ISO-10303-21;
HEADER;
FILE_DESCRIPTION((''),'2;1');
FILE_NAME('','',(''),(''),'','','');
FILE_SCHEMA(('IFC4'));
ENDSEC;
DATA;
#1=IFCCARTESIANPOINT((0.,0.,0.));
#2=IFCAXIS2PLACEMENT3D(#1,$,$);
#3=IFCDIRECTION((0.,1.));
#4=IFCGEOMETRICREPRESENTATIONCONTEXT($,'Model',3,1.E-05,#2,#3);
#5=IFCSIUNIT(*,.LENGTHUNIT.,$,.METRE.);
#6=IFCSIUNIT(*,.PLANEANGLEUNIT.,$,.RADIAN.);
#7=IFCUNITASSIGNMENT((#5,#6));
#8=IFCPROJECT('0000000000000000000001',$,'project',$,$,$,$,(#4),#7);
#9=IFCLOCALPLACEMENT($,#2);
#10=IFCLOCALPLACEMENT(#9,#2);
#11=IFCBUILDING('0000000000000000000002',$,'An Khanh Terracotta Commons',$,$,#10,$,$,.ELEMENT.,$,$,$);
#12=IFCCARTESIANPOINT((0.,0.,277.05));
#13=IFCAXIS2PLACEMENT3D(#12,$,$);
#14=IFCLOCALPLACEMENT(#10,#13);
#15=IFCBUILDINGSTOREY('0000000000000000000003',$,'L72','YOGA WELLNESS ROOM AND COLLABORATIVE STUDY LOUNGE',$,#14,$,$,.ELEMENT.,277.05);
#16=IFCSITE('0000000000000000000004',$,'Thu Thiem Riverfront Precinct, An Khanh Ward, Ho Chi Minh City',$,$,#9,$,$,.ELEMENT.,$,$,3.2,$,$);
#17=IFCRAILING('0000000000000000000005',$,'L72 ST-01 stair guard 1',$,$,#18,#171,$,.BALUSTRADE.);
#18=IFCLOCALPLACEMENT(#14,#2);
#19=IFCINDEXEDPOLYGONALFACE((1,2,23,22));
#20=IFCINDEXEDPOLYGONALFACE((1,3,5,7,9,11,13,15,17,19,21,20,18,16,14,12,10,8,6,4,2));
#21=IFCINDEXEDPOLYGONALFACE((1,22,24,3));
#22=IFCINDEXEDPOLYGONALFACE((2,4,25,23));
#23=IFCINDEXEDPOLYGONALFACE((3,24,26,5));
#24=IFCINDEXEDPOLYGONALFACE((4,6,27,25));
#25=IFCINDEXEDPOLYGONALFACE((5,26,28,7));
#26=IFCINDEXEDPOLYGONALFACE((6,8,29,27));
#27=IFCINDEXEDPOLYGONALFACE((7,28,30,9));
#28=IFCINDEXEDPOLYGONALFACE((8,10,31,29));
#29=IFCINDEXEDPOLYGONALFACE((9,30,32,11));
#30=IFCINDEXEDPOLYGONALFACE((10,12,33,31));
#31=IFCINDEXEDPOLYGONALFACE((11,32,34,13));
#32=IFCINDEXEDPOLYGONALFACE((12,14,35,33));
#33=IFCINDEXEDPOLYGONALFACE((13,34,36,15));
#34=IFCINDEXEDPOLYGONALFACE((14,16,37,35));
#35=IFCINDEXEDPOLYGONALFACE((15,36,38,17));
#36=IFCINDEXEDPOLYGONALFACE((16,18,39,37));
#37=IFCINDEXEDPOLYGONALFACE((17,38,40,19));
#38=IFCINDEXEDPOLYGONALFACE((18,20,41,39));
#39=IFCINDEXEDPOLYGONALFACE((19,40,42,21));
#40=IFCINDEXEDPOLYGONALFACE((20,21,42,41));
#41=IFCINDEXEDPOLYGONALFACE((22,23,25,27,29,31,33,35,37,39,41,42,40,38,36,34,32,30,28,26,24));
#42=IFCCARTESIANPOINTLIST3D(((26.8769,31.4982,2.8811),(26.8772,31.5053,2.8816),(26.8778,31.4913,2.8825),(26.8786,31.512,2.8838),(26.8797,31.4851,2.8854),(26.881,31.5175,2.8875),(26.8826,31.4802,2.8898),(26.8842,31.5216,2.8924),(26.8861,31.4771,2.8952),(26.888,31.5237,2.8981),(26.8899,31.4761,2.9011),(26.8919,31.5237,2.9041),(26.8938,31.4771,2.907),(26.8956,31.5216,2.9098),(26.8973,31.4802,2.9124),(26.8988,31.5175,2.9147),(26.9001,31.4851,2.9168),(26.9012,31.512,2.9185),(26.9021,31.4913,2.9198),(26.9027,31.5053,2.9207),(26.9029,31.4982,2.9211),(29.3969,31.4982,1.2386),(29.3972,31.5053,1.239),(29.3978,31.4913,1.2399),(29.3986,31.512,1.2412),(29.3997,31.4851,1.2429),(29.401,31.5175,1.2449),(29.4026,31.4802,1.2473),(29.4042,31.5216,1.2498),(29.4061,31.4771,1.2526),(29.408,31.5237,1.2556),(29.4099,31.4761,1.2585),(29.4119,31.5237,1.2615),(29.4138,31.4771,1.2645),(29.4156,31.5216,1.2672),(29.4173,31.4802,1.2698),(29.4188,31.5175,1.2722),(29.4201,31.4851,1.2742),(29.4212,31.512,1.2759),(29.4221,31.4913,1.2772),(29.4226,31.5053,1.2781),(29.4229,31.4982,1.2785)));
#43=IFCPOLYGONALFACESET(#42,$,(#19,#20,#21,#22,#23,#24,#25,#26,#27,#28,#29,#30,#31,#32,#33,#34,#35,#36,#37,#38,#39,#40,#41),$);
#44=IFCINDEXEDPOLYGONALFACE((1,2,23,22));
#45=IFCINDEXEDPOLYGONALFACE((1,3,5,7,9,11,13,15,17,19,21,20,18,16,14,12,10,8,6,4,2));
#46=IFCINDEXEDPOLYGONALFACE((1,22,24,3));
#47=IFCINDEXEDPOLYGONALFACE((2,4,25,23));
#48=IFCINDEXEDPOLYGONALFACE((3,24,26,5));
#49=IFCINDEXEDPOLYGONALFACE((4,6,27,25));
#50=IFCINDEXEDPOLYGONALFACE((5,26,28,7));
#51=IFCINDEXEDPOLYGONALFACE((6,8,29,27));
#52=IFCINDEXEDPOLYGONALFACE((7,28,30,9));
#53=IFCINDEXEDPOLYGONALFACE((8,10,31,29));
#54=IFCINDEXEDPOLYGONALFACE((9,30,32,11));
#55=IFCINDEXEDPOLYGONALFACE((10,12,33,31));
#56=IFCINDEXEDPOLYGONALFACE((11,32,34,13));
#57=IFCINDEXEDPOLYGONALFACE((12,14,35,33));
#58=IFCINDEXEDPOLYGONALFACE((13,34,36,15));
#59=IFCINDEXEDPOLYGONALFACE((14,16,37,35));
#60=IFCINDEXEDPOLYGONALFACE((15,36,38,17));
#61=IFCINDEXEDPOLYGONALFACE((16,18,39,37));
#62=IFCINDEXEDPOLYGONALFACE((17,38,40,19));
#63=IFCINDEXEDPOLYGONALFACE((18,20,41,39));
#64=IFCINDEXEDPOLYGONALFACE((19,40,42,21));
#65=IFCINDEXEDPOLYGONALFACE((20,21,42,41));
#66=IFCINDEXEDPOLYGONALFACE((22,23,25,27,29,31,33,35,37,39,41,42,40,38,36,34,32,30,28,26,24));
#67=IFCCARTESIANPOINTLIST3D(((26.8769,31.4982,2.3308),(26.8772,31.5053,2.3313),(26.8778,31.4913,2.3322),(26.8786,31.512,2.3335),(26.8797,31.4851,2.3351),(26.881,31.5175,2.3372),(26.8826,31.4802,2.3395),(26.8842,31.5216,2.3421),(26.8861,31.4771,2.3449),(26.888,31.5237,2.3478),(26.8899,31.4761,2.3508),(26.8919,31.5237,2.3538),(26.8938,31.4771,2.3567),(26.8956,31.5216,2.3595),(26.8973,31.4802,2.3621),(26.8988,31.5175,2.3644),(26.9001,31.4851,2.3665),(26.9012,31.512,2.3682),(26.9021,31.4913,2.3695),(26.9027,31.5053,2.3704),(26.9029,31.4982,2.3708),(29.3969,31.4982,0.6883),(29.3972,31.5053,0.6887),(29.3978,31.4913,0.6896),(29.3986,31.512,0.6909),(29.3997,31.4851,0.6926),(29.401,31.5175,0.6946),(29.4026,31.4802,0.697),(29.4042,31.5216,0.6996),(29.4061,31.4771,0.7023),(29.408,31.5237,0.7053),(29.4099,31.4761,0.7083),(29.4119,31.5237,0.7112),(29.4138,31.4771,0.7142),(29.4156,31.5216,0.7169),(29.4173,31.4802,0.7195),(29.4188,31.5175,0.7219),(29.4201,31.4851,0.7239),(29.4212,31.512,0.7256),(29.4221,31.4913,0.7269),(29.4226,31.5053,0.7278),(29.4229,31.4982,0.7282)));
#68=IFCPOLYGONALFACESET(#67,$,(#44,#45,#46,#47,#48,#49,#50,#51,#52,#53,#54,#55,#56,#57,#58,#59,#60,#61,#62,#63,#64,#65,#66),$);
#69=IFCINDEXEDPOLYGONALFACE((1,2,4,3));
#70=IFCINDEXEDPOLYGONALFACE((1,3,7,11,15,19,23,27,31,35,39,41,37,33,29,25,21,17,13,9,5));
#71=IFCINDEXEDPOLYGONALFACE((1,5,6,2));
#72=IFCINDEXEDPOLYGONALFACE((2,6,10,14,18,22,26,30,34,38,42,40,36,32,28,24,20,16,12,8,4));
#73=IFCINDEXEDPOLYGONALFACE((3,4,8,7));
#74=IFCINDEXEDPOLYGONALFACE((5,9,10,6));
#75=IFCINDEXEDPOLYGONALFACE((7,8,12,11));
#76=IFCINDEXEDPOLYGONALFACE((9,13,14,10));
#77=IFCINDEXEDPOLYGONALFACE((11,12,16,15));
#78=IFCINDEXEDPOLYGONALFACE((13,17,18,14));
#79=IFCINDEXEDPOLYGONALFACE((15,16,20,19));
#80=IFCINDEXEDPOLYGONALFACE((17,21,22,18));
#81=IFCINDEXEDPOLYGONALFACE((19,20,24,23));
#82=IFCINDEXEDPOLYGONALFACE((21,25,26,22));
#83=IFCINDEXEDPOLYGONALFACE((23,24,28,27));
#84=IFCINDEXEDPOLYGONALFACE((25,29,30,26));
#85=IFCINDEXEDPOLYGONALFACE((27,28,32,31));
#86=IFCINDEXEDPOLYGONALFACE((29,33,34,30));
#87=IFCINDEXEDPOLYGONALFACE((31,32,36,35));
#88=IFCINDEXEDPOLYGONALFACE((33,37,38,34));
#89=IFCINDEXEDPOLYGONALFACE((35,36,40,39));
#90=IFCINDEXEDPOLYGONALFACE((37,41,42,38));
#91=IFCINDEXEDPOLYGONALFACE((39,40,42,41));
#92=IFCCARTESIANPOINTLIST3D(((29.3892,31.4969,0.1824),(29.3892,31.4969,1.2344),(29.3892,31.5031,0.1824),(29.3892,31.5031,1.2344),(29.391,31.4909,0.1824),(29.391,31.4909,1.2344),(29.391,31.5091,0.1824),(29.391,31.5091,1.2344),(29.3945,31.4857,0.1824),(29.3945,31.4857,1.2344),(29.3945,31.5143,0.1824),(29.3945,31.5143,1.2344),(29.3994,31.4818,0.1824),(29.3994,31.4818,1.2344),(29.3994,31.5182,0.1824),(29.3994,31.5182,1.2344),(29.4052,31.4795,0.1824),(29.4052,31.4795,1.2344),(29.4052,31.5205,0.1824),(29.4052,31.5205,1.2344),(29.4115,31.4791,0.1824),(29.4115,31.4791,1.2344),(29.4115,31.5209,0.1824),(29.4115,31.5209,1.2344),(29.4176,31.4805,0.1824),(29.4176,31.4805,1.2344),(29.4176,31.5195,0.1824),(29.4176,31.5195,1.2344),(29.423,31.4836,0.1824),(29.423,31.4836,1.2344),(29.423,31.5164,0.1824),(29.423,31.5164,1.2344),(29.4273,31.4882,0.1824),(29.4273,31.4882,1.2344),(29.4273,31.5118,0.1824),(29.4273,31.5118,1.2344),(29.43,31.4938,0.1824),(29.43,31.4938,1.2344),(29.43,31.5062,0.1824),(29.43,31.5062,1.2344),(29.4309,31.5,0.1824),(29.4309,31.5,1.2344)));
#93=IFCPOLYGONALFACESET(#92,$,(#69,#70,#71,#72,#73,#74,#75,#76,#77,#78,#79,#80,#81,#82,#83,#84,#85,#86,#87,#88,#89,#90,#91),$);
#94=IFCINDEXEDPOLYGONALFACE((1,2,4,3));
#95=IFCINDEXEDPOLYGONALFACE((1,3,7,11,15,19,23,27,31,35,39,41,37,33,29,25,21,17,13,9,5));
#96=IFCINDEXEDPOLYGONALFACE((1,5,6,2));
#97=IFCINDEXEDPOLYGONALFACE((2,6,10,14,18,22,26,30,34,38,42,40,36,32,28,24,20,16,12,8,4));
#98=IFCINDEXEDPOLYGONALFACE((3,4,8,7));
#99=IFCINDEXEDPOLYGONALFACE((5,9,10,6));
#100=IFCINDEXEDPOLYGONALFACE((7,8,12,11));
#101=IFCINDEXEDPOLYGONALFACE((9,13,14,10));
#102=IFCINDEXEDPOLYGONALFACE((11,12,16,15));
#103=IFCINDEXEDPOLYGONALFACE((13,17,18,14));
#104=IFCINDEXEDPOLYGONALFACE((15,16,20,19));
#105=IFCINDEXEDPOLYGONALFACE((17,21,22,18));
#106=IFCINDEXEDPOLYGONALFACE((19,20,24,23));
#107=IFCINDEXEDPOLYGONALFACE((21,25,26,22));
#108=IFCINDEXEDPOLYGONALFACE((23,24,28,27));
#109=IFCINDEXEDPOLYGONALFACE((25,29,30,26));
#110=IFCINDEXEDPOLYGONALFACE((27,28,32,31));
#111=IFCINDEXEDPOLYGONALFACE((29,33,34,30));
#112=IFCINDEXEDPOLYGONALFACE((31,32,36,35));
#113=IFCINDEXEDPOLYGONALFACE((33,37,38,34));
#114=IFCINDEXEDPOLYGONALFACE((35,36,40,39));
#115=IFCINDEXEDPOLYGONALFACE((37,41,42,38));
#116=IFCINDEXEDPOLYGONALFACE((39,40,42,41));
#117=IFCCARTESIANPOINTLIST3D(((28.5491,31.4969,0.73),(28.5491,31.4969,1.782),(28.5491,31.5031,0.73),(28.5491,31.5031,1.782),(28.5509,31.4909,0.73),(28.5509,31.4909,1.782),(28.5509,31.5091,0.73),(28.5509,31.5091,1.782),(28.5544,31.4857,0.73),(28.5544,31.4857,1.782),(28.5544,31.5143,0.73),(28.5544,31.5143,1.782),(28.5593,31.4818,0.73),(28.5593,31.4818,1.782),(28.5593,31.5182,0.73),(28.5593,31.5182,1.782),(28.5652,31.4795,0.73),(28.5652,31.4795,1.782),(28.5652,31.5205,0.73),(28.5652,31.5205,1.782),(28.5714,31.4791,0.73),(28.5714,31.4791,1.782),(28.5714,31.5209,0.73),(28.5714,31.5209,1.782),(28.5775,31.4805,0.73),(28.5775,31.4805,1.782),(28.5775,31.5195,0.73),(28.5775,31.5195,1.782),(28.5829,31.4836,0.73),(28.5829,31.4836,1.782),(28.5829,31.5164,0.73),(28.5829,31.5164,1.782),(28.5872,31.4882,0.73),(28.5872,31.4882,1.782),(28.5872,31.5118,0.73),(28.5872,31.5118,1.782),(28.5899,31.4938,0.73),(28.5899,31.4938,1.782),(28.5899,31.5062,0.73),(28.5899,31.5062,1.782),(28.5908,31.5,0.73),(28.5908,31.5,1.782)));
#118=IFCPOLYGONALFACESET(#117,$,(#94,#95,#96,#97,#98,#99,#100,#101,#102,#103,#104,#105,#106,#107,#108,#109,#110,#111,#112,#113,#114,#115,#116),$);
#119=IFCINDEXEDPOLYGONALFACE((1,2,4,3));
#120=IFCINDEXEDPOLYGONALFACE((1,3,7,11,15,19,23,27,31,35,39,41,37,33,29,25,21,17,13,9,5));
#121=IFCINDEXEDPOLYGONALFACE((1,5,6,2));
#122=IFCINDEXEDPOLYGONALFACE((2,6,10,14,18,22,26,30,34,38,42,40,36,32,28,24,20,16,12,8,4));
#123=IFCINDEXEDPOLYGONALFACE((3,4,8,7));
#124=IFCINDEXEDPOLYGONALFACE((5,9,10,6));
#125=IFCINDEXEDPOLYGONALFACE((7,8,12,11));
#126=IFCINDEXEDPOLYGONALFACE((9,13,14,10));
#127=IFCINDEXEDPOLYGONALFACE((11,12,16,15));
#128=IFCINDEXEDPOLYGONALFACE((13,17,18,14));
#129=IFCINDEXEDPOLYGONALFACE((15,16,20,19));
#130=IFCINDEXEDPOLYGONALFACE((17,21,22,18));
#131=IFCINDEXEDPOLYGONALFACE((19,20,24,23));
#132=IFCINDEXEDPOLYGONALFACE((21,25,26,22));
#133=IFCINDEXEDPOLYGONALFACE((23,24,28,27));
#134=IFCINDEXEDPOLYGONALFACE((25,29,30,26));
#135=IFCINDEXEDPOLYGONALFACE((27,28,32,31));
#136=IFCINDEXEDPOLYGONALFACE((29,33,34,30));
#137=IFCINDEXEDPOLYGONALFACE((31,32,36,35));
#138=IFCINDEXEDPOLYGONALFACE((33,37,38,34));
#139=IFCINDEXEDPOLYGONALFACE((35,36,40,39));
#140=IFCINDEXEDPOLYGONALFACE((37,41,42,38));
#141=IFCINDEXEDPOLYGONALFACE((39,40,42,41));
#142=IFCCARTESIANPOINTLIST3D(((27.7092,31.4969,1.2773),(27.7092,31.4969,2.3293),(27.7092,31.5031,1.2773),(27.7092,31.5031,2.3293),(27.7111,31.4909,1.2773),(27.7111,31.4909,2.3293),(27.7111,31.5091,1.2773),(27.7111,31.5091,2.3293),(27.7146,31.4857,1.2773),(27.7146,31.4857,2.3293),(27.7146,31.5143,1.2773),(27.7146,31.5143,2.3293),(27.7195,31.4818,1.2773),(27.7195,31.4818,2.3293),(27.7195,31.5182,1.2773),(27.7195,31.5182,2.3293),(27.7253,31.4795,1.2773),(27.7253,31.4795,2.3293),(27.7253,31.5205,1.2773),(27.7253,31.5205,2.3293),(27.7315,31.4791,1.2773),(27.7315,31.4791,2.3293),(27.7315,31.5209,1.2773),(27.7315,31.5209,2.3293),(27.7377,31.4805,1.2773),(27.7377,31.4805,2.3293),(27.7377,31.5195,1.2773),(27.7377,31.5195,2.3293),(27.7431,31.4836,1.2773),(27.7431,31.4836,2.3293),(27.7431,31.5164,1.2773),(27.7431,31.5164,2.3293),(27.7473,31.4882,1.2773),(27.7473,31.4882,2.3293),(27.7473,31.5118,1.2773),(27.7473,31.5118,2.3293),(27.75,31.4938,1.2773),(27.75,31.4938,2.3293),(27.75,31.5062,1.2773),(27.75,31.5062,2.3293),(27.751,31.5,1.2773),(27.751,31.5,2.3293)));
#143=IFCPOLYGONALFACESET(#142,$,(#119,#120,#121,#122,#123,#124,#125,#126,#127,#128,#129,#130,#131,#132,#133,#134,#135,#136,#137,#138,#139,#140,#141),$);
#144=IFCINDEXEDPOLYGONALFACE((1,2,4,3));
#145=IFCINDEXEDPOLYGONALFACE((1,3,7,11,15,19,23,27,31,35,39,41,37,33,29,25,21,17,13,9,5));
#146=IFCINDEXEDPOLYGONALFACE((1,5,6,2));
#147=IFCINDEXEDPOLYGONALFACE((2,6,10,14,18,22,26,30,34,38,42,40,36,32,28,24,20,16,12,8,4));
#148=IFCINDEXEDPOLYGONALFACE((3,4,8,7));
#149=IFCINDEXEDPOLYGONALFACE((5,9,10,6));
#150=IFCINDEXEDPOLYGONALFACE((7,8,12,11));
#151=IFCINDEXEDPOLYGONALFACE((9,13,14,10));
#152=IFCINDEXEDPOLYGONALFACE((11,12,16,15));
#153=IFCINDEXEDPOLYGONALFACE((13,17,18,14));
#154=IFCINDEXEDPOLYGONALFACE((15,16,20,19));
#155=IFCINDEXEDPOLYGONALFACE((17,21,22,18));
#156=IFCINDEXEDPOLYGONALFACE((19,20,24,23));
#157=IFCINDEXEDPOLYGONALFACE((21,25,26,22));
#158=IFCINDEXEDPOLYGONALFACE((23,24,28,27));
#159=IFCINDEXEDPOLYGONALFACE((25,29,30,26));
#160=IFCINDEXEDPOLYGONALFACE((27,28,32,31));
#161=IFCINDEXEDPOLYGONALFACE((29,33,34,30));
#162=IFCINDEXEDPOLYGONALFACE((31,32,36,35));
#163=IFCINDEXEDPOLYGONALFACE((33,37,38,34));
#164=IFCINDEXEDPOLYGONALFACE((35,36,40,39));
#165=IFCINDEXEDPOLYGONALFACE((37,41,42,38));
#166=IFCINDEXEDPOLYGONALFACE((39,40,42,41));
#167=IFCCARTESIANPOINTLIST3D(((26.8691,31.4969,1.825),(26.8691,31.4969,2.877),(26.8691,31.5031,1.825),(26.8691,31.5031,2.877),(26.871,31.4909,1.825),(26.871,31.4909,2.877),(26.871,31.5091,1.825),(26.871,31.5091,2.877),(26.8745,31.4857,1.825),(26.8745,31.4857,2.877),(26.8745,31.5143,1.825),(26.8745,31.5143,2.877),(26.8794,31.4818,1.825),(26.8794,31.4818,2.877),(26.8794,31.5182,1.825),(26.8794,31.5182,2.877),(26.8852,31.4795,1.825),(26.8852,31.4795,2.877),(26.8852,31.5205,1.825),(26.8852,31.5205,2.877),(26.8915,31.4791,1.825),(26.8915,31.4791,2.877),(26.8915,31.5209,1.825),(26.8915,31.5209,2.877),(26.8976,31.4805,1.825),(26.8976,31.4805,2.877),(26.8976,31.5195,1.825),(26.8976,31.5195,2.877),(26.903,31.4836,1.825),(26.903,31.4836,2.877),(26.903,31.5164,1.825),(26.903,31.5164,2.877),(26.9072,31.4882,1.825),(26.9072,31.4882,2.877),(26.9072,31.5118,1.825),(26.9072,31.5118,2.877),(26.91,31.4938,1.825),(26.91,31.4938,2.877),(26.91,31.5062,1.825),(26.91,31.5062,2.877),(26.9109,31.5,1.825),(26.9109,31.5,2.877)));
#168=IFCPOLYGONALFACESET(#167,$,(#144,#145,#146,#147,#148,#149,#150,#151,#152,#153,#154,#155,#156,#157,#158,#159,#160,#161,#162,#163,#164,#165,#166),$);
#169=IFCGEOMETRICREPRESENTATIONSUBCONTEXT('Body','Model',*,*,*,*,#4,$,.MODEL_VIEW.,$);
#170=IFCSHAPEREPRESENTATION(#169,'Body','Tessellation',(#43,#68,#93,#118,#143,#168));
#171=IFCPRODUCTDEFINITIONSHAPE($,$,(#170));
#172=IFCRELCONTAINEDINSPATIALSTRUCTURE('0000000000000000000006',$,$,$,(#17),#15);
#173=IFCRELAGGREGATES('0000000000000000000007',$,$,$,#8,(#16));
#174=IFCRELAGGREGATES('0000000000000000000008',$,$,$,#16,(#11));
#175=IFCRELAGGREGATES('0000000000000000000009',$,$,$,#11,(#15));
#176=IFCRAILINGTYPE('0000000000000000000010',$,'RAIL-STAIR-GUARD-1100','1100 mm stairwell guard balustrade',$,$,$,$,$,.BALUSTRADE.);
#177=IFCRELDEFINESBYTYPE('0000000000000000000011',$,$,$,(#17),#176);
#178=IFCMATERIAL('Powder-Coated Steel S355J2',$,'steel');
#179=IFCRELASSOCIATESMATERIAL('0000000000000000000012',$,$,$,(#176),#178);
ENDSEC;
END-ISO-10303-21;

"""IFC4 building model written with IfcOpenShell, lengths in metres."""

from ifc_helpers import new_model, si_unit, direction, frame, origin, origin_2d, place, context, subcontext, project, spatial, circle, extrude, material, type_object, element, save


model = new_model("IFC4")

# Units and contexts
model_context = context("Model", 3, precision=1e-05, world=origin(), true_north=direction((0.0, 1.0)))
body_context = subcontext(model_context, "Body", "Model", "MODEL_VIEW")
ifc_project = project(units=[si_unit("LENGTHUNIT", "METRE"), si_unit("PLANEANGLEUNIT", "RADIAN")], contexts=[model_context])

# Site, building, storey
site_placement = place(None, origin())
site = spatial("IfcSite", under=ifc_project, at=site_placement, Name="Thu Thiem Riverfront Precinct, An Khanh Ward, Ho Chi Minh City", CompositionType="ELEMENT", RefElevation=3.2)
building_placement = place(site_placement, origin())
building = spatial("IfcBuilding", under=site, at=building_placement, Name="An Khanh Terracotta Commons", CompositionType="ELEMENT")
storey_placement = place(building_placement, frame((0.0, 0.0, 277.05)))
storey = spatial("IfcBuildingStorey", under=building, at=storey_placement, Name="L72", Description="YOGA WELLNESS ROOM AND COLLABORATIVE STUDY LOUNGE", CompositionType="ELEMENT", Elevation=277.05)

# Railing
ifc_material_1 = material(Name="Powder-Coated Steel S355J2", Category="steel")
railing_type_1 = type_object("IfcRailingType", Name="RAIL-STAIR-GUARD-1100", Description="1100 mm stairwell guard balustrade", PredefinedType="BALUSTRADE", material=ifc_material_1)
railing_1_placement = place(storey_placement, frame((29.4099, 31.5, 0.1824)))
element("IfcRailing", 1, at=railing_1_placement, inside=storey, type_object=railing_type_1, Name="L72 ST-01 stair guard 1", PredefinedType="BALUSTRADE", context=body_context, shape_type="SweptSolid", body=[
    extrude(circle(Radius=0.0239, at=origin_2d()), frame((0.0, 0.0, 1.0762), z_axis=(-0.837749, 0.0, 0.546055), x_axis=(0.0, -1.0, 0.0)), (0.0, 0.0, 1.0), 3.0081),
    extrude(circle(Radius=0.0239, at=origin_2d()), frame((0.0, 0.0, 0.5259), z_axis=(-0.837749, 0.0, 0.546055), x_axis=(0.0, -1.0, 0.0)), (0.0, 0.0, 1.0), 3.0081),
    extrude(circle(Radius=0.021, at=origin_2d()), origin(), (0.0, 0.0, 1.0), 1.052),
    extrude(circle(Radius=0.021, at=origin_2d()), frame((-0.8401, 0.0, 0.5476)), (0.0, 0.0, 1.0), 1.052),
    extrude(circle(Radius=0.021, at=origin_2d()), frame((-1.6799, 0.0, 1.095)), (0.0, 0.0, 1.0), 1.052),
    extrude(circle(Radius=0.021, at=origin_2d()), frame((-2.52, 0.0, 1.6426)), (0.0, 0.0, 1.0), 1.052),
])

save(model, "model.ifc")
